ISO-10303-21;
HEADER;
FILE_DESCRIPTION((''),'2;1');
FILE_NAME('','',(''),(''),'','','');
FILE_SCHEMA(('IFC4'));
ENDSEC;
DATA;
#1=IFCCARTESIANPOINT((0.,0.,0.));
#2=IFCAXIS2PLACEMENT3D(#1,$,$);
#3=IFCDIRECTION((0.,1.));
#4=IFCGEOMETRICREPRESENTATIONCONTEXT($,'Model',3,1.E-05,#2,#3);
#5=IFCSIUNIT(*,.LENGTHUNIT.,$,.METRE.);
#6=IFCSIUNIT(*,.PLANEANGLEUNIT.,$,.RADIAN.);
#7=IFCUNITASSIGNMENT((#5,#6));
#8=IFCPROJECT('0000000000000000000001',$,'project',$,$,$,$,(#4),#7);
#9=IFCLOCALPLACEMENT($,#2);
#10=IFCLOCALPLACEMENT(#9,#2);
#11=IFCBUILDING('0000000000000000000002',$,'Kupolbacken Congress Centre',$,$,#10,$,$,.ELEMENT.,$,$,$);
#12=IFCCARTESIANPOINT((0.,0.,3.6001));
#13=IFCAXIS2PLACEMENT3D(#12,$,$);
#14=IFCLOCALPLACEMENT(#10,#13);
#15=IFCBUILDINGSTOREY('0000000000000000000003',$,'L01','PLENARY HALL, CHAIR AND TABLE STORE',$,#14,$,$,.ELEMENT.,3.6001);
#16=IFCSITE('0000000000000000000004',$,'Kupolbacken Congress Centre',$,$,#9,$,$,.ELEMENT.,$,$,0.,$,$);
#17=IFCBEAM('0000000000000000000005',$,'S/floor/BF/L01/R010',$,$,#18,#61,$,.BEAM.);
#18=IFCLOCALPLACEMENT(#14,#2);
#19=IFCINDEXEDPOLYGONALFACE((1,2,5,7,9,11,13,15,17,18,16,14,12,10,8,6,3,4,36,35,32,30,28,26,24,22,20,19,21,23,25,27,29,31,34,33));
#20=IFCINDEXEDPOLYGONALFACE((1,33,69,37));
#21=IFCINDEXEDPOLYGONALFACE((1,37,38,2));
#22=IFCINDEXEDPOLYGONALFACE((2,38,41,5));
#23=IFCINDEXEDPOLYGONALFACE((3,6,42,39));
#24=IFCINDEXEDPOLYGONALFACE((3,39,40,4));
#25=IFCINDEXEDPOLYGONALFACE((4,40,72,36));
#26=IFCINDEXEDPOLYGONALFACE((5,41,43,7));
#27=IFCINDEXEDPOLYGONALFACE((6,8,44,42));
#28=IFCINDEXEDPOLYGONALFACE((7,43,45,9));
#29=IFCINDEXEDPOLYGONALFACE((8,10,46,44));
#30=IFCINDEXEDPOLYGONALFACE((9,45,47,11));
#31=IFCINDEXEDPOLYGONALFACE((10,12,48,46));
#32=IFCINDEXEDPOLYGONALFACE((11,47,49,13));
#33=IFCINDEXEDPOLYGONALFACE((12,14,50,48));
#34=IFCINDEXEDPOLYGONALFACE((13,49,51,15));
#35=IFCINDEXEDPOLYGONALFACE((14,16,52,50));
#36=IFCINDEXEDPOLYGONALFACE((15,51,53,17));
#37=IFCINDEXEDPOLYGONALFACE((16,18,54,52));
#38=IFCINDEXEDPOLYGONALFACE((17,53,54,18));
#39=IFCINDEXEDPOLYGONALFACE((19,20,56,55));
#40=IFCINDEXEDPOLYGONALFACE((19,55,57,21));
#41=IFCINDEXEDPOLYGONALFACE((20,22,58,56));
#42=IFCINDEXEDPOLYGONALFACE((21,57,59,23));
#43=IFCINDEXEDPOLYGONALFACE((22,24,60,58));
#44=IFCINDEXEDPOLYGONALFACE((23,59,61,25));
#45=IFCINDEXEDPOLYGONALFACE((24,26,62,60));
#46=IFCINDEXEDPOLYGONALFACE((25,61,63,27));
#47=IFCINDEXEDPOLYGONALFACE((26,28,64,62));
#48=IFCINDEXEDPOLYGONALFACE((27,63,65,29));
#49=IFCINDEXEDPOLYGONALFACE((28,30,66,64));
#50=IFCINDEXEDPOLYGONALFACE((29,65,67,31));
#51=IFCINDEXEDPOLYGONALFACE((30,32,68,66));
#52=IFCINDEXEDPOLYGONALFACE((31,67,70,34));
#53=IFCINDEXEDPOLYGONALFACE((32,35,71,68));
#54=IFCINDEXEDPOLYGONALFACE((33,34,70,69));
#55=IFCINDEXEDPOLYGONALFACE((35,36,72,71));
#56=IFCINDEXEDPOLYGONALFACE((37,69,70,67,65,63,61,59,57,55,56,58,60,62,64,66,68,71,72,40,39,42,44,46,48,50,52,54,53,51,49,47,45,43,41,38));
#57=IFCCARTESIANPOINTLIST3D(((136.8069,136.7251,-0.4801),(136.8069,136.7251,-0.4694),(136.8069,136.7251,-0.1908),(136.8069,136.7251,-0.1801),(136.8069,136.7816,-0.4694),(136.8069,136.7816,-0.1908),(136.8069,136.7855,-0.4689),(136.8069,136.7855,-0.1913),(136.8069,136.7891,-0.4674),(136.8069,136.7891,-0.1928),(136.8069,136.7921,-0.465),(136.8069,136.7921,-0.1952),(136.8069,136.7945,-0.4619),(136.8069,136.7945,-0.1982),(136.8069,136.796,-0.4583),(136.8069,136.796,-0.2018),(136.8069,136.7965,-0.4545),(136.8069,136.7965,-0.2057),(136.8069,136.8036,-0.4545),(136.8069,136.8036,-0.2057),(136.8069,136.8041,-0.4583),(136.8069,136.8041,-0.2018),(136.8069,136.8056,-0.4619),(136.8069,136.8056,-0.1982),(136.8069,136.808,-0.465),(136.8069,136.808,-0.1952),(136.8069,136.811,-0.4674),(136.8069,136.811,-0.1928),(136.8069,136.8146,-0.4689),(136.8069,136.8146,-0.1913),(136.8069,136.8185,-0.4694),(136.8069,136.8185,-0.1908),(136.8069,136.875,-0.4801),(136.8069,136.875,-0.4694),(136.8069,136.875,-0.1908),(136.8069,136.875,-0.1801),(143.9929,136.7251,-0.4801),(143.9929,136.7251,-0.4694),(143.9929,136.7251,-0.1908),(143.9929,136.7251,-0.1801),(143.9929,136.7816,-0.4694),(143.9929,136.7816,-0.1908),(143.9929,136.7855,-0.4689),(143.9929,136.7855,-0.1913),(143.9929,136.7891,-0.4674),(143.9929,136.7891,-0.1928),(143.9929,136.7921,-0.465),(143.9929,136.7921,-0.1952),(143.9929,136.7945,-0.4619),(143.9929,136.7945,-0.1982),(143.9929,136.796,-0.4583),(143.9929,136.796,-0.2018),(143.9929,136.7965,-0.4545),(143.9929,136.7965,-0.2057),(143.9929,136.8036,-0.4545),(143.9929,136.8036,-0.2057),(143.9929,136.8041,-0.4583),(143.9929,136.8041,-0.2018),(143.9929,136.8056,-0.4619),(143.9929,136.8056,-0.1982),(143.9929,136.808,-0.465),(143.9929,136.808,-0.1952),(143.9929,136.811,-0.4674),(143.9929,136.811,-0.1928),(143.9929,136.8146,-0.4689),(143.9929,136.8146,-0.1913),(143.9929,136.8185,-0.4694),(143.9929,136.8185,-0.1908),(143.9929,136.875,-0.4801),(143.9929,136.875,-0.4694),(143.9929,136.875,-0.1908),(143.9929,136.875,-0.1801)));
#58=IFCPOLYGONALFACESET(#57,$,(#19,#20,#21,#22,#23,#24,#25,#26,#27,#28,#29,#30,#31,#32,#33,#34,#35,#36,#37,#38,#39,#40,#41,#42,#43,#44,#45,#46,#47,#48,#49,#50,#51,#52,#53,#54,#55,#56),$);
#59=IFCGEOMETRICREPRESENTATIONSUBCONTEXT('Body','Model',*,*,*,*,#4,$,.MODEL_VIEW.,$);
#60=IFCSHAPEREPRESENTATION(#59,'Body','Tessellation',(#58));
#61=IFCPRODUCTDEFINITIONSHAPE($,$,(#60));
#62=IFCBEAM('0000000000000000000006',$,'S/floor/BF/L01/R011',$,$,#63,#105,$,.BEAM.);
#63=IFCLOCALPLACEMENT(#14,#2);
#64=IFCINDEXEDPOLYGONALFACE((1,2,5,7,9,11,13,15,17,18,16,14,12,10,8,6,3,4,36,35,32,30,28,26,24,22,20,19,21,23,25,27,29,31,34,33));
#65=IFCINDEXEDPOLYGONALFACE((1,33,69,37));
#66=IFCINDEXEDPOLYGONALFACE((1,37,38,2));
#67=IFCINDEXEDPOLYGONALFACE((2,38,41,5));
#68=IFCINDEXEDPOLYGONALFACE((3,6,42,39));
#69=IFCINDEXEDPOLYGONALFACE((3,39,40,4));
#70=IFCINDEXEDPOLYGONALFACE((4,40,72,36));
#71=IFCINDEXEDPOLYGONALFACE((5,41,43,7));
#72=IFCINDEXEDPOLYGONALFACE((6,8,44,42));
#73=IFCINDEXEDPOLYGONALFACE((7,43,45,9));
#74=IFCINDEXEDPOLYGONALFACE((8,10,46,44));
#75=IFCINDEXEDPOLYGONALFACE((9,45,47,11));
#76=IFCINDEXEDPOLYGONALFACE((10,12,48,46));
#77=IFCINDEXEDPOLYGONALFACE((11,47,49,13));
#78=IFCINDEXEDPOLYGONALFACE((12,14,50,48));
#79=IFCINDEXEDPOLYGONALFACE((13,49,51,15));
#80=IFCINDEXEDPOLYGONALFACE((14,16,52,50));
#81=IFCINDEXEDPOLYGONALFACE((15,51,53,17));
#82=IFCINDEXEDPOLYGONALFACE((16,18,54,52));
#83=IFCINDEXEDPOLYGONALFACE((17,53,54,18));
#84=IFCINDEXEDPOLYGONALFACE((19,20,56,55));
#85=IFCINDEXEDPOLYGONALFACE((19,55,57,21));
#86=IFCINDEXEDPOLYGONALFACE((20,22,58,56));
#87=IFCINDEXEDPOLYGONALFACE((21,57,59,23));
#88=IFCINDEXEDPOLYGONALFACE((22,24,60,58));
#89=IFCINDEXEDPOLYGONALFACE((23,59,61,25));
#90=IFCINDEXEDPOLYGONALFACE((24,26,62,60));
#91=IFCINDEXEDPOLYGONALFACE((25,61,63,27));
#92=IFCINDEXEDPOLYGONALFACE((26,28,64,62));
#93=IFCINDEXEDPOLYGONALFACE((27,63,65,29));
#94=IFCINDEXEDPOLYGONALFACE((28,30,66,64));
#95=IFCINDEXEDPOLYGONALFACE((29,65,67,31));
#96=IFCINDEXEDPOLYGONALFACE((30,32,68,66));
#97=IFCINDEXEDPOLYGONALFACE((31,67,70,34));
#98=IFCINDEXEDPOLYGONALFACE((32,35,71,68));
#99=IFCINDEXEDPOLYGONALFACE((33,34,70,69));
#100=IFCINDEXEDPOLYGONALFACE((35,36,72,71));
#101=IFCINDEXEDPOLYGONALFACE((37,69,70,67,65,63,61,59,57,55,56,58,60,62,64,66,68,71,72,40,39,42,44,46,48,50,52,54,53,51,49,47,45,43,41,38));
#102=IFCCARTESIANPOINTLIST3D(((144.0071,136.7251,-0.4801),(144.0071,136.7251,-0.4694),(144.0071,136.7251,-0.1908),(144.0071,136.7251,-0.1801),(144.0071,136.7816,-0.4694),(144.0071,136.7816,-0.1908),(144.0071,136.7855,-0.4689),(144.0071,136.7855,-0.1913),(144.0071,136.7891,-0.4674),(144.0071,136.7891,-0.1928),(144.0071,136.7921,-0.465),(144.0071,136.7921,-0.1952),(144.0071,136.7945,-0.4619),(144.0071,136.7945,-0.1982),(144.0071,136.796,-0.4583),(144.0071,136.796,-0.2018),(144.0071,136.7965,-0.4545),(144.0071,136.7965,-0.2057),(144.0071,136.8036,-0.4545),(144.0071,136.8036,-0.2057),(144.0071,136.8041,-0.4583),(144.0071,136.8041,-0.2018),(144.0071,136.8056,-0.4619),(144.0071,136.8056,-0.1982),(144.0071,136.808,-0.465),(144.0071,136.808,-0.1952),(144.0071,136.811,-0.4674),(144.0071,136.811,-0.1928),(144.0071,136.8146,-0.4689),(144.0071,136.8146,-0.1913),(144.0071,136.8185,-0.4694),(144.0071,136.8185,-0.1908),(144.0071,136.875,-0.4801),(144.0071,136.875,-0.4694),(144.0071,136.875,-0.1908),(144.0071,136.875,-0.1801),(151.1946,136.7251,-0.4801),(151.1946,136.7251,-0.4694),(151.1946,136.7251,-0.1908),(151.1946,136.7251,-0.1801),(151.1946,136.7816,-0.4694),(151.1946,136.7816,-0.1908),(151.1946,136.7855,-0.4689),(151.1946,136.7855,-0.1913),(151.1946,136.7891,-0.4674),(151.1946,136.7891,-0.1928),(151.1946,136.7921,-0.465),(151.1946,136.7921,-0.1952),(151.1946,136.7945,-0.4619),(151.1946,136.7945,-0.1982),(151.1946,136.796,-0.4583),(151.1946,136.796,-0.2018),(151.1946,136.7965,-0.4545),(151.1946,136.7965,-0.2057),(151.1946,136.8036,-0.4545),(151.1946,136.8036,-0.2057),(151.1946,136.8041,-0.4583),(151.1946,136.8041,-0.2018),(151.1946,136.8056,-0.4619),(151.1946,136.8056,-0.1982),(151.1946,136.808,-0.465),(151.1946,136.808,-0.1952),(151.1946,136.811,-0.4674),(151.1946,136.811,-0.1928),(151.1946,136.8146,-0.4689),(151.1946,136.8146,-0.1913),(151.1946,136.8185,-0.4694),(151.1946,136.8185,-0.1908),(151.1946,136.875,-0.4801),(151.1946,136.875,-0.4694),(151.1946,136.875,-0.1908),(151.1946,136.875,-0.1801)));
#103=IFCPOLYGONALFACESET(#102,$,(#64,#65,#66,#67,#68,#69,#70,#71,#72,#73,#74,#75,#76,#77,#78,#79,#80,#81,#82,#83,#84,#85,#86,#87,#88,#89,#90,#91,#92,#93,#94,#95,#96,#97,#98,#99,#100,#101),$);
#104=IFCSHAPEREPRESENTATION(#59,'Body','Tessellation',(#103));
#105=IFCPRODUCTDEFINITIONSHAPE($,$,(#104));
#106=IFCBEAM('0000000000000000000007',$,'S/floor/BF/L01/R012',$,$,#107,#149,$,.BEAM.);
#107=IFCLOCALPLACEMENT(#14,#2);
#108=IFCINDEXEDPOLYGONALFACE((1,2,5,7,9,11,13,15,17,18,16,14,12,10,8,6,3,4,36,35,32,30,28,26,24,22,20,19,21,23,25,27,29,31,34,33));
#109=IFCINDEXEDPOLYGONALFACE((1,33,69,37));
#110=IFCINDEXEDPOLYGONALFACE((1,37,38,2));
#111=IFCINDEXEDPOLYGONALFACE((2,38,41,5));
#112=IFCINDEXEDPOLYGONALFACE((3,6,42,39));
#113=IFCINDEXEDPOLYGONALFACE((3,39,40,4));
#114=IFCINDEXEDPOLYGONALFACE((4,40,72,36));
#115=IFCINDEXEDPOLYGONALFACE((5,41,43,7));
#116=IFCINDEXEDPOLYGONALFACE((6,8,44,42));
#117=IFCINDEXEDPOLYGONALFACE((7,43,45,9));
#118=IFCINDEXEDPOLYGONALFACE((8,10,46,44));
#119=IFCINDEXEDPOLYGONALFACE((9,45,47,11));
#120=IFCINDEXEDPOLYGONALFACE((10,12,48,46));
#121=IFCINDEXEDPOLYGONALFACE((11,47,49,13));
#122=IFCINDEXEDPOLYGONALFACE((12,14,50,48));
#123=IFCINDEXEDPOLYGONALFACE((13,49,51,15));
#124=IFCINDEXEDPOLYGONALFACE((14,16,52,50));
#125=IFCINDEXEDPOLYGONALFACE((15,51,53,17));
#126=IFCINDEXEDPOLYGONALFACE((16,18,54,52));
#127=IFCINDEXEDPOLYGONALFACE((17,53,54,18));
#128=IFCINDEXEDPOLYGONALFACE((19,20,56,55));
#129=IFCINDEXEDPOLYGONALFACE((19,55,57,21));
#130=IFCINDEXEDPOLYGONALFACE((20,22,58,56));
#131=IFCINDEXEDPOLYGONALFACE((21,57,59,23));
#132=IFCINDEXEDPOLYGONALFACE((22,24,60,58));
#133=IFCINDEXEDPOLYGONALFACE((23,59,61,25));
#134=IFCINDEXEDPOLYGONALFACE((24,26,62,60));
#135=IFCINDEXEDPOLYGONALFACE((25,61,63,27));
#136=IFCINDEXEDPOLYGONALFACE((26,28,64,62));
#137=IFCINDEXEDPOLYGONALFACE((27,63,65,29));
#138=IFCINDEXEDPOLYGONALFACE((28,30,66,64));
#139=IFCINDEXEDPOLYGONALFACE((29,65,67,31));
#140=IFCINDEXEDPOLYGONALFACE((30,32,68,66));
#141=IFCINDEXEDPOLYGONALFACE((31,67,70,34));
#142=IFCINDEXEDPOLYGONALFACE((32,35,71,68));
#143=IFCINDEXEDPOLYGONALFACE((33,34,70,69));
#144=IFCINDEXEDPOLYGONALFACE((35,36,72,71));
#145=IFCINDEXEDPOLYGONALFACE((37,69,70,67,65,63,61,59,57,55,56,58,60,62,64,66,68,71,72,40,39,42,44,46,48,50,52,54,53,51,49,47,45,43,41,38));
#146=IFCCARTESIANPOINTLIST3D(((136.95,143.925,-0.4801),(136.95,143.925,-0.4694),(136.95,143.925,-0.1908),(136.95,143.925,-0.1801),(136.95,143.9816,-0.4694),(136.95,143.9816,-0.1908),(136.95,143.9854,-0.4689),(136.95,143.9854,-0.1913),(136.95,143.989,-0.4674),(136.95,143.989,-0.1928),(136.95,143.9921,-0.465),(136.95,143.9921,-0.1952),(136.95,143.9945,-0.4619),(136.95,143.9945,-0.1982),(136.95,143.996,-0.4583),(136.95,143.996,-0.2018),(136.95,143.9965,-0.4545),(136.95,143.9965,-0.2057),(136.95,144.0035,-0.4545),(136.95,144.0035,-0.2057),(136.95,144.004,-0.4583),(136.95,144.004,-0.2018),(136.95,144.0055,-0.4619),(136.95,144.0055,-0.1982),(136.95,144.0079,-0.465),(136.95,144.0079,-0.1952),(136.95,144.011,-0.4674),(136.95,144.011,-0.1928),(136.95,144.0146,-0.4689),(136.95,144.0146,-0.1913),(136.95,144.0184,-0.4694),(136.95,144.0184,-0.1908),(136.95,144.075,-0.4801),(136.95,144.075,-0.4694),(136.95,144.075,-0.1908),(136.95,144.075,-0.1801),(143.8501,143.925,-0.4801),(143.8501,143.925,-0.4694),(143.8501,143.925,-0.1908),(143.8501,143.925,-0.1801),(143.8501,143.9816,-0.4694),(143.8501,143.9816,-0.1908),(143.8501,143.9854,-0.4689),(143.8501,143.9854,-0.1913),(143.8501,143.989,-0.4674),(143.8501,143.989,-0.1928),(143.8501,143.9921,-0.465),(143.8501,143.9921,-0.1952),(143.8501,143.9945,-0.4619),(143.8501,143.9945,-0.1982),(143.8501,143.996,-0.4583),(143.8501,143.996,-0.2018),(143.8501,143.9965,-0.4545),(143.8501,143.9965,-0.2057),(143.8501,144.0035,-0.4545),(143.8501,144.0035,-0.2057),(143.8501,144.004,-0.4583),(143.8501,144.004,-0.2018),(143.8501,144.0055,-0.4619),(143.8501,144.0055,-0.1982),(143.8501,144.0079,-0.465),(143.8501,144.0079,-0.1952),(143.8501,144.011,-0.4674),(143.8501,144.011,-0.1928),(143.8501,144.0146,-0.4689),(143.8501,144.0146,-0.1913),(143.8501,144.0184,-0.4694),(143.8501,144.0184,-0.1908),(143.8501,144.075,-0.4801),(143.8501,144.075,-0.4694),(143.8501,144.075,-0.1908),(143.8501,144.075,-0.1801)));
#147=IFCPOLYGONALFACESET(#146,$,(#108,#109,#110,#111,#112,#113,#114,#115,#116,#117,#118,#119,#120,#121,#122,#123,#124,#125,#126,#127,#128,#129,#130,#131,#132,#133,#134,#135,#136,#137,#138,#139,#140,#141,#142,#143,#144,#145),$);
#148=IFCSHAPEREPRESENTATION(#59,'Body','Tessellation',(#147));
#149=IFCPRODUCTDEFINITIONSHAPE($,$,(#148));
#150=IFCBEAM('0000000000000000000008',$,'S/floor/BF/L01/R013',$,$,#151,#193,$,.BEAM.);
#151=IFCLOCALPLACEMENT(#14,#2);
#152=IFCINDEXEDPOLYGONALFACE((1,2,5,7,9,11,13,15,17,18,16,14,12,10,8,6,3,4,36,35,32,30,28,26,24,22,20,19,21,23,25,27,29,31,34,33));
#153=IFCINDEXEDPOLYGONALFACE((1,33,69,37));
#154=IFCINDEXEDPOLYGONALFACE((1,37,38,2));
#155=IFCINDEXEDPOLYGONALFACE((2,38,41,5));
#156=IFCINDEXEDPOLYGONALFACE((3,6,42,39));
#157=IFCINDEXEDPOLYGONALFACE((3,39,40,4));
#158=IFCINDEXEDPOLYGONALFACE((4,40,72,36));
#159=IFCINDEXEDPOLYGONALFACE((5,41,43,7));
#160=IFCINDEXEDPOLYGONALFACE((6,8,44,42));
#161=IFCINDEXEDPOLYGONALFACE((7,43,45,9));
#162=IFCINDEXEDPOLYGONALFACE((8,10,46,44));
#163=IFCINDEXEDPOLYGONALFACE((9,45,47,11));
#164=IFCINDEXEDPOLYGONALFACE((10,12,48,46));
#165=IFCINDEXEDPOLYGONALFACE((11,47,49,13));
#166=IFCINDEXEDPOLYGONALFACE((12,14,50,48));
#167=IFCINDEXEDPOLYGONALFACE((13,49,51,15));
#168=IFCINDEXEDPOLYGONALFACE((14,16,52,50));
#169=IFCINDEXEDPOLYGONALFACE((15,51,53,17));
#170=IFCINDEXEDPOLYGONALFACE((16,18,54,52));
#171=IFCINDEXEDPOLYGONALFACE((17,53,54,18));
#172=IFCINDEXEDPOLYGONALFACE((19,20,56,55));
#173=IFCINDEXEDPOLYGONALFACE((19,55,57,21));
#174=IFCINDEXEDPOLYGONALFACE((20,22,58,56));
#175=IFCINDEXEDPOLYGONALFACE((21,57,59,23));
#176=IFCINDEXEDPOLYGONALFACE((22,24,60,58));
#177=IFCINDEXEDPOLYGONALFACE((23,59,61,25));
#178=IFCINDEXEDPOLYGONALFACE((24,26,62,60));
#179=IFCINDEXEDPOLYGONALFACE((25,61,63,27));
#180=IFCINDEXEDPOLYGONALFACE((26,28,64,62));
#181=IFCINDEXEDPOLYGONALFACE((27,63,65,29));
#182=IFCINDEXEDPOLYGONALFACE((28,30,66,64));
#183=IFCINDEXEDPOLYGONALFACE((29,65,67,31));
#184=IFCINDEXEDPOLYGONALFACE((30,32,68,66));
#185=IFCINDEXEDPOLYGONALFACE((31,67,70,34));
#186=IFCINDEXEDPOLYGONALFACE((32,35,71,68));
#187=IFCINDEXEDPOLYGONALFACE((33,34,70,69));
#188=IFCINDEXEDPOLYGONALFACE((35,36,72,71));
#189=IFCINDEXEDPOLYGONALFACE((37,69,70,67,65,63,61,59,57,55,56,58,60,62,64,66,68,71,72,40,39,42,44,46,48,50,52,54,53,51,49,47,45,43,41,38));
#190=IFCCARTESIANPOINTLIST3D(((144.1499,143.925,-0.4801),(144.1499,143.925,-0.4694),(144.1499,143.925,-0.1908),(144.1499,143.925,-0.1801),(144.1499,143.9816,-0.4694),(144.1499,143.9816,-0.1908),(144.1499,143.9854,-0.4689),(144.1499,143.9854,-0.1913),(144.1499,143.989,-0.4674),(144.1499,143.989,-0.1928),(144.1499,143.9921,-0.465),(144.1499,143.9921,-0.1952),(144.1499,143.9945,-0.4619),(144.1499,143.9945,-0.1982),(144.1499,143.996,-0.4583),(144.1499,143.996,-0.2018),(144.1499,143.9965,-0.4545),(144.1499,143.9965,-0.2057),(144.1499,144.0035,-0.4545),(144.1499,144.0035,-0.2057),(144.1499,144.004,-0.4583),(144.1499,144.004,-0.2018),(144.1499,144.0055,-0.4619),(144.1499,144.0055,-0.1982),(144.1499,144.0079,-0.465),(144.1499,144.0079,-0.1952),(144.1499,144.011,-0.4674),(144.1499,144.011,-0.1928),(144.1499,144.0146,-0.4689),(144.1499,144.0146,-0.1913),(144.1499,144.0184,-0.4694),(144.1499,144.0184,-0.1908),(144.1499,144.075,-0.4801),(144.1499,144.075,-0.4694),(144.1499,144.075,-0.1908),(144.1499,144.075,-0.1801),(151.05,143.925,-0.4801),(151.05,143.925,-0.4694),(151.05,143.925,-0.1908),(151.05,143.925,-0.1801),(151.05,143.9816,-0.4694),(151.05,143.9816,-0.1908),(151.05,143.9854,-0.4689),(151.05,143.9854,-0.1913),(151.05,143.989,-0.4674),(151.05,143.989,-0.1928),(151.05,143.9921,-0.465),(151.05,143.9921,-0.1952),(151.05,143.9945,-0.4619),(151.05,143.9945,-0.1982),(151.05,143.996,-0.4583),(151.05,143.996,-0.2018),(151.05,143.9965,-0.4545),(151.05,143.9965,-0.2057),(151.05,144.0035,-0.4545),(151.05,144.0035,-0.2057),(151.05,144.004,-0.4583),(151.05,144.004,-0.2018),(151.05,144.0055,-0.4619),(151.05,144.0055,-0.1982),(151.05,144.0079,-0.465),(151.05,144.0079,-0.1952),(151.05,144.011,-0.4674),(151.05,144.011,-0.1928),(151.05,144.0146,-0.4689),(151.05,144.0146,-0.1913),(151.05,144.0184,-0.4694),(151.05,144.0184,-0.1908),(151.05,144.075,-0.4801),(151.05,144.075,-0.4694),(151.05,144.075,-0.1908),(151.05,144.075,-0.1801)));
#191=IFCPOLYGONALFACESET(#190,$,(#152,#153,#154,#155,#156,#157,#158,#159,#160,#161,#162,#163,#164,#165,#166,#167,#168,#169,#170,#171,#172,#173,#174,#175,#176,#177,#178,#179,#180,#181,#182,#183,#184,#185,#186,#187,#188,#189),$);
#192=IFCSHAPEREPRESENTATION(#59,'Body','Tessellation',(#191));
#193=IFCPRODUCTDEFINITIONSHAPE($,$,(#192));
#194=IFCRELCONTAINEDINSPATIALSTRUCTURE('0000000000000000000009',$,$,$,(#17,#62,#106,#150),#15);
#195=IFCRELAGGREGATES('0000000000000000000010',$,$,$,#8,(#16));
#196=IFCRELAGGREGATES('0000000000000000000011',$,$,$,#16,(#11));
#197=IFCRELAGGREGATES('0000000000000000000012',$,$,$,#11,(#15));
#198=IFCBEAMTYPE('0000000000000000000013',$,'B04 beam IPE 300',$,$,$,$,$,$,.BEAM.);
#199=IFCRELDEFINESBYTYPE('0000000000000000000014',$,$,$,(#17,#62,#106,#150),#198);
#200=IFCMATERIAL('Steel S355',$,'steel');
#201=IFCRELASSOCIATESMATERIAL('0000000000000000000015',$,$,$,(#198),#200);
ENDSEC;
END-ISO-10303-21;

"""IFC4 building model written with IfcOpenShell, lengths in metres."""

from ifc_helpers import new_model, si_unit, direction, frame, origin, origin_2d, place, context, subcontext, project, spatial, i_section, extrude, material, material_profile, profile_set, type_object, element, save


model = new_model("IFC4")

# Units and contexts
model_context = context("Model", 3, precision=1e-05, world=origin(), true_north=direction((0.0, 1.0)))
body_context = subcontext(model_context, "Body", "Model", "MODEL_VIEW")
ifc_project = project(units=[si_unit("LENGTHUNIT", "METRE"), si_unit("PLANEANGLEUNIT", "RADIAN")], contexts=[model_context])

# Site, building, storey
site_placement = place(None, origin())
site = spatial("IfcSite", under=ifc_project, at=site_placement, Name="Kupolbacken Congress Centre", CompositionType="ELEMENT", RefElevation=0.0)
building_placement = place(site_placement, origin())
building = spatial("IfcBuilding", under=site, at=building_placement, Name="Kupolbacken Congress Centre", CompositionType="ELEMENT")
storey_placement = place(building_placement, frame((0.0, 0.0, 3.6001)))
storey = spatial("IfcBuildingStorey", under=building, at=storey_placement, Name="L01", Description="PLENARY HALL, CHAIR AND TABLE STORE", CompositionType="ELEMENT", Elevation=3.6001)

# Beams
ifc_material_1 = material(Name="Steel S355", Category="steel")
ifc_material_profile_1 = material_profile(ifc_material_1, i_section(OverallWidth=0.1499, OverallDepth=0.3, WebThickness=0.0071, FlangeThickness=0.0107, FilletRadius=0.0149, at=origin_2d()), Name="IPE 300")
ifc_profile_set_1 = profile_set([ifc_material_profile_1], Name="Steel S355")
beam_type_1 = type_object("IfcBeamType", Name="B04 beam IPE 300", PredefinedType="BEAM", material=ifc_profile_set_1)
beam_1_placement = place(storey_placement, frame((136.8069, 136.8, -0.3301), z_axis=(1.0, 0.0, 0.0), x_axis=(0.0, 1.0, 0.0)))
element("IfcBeam", 1, at=beam_1_placement, inside=storey, type_object=beam_type_1, Name="S/floor/BF/L01/R010", PredefinedType="BEAM", context=body_context, shape_type="SweptSolid", body=[
    extrude(i_section(OverallWidth=0.1499, OverallDepth=0.3, WebThickness=0.0071, FlangeThickness=0.0107, FilletRadius=0.0149, at=origin_2d()), origin(), (0.0, 0.0, 1.0), 7.186),
])
beam_2_placement = place(storey_placement, frame((144.0071, 136.8, -0.3301), z_axis=(1.0, 0.0, 0.0), x_axis=(0.0, 1.0, 0.0)))
element("IfcBeam", 2, at=beam_2_placement, inside=storey, type_object=beam_type_1, Name="S/floor/BF/L01/R011", PredefinedType="BEAM", context=body_context, shape_type="SweptSolid", body=[
    extrude(i_section(OverallWidth=0.1499, OverallDepth=0.3, WebThickness=0.0071, FlangeThickness=0.0107, FilletRadius=0.0149, at=origin_2d()), origin(), (0.0, 0.0, 1.0), 7.1875),
])
for number, where, z_axis, x_axis, name in (
    (3, (136.95, 144.0, -0.3301), (1.0, 0.0, 0.0), (0.0, 1.0, 0.0), "S/floor/BF/L01/R012"),
    (4, (144.1499, 144.0, -0.3301), (1.0, 0.0, 0.0), (0.0, 1.0, 0.0), "S/floor/BF/L01/R013"),
):
    element("IfcBeam", number, at=place(storey_placement, frame(where, z_axis=z_axis, x_axis=x_axis)), inside=storey, type_object=beam_type_1, Name=name, PredefinedType="BEAM", context=body_context, shape_type="SweptSolid", body=[
        extrude(i_section(OverallWidth=0.1499, OverallDepth=0.3, WebThickness=0.0071, FlangeThickness=0.0107, FilletRadius=0.0149, at=origin_2d()), origin(), (0.0, 0.0, 1.0), 6.9001),
    ])

save(model, "model.ifc")
